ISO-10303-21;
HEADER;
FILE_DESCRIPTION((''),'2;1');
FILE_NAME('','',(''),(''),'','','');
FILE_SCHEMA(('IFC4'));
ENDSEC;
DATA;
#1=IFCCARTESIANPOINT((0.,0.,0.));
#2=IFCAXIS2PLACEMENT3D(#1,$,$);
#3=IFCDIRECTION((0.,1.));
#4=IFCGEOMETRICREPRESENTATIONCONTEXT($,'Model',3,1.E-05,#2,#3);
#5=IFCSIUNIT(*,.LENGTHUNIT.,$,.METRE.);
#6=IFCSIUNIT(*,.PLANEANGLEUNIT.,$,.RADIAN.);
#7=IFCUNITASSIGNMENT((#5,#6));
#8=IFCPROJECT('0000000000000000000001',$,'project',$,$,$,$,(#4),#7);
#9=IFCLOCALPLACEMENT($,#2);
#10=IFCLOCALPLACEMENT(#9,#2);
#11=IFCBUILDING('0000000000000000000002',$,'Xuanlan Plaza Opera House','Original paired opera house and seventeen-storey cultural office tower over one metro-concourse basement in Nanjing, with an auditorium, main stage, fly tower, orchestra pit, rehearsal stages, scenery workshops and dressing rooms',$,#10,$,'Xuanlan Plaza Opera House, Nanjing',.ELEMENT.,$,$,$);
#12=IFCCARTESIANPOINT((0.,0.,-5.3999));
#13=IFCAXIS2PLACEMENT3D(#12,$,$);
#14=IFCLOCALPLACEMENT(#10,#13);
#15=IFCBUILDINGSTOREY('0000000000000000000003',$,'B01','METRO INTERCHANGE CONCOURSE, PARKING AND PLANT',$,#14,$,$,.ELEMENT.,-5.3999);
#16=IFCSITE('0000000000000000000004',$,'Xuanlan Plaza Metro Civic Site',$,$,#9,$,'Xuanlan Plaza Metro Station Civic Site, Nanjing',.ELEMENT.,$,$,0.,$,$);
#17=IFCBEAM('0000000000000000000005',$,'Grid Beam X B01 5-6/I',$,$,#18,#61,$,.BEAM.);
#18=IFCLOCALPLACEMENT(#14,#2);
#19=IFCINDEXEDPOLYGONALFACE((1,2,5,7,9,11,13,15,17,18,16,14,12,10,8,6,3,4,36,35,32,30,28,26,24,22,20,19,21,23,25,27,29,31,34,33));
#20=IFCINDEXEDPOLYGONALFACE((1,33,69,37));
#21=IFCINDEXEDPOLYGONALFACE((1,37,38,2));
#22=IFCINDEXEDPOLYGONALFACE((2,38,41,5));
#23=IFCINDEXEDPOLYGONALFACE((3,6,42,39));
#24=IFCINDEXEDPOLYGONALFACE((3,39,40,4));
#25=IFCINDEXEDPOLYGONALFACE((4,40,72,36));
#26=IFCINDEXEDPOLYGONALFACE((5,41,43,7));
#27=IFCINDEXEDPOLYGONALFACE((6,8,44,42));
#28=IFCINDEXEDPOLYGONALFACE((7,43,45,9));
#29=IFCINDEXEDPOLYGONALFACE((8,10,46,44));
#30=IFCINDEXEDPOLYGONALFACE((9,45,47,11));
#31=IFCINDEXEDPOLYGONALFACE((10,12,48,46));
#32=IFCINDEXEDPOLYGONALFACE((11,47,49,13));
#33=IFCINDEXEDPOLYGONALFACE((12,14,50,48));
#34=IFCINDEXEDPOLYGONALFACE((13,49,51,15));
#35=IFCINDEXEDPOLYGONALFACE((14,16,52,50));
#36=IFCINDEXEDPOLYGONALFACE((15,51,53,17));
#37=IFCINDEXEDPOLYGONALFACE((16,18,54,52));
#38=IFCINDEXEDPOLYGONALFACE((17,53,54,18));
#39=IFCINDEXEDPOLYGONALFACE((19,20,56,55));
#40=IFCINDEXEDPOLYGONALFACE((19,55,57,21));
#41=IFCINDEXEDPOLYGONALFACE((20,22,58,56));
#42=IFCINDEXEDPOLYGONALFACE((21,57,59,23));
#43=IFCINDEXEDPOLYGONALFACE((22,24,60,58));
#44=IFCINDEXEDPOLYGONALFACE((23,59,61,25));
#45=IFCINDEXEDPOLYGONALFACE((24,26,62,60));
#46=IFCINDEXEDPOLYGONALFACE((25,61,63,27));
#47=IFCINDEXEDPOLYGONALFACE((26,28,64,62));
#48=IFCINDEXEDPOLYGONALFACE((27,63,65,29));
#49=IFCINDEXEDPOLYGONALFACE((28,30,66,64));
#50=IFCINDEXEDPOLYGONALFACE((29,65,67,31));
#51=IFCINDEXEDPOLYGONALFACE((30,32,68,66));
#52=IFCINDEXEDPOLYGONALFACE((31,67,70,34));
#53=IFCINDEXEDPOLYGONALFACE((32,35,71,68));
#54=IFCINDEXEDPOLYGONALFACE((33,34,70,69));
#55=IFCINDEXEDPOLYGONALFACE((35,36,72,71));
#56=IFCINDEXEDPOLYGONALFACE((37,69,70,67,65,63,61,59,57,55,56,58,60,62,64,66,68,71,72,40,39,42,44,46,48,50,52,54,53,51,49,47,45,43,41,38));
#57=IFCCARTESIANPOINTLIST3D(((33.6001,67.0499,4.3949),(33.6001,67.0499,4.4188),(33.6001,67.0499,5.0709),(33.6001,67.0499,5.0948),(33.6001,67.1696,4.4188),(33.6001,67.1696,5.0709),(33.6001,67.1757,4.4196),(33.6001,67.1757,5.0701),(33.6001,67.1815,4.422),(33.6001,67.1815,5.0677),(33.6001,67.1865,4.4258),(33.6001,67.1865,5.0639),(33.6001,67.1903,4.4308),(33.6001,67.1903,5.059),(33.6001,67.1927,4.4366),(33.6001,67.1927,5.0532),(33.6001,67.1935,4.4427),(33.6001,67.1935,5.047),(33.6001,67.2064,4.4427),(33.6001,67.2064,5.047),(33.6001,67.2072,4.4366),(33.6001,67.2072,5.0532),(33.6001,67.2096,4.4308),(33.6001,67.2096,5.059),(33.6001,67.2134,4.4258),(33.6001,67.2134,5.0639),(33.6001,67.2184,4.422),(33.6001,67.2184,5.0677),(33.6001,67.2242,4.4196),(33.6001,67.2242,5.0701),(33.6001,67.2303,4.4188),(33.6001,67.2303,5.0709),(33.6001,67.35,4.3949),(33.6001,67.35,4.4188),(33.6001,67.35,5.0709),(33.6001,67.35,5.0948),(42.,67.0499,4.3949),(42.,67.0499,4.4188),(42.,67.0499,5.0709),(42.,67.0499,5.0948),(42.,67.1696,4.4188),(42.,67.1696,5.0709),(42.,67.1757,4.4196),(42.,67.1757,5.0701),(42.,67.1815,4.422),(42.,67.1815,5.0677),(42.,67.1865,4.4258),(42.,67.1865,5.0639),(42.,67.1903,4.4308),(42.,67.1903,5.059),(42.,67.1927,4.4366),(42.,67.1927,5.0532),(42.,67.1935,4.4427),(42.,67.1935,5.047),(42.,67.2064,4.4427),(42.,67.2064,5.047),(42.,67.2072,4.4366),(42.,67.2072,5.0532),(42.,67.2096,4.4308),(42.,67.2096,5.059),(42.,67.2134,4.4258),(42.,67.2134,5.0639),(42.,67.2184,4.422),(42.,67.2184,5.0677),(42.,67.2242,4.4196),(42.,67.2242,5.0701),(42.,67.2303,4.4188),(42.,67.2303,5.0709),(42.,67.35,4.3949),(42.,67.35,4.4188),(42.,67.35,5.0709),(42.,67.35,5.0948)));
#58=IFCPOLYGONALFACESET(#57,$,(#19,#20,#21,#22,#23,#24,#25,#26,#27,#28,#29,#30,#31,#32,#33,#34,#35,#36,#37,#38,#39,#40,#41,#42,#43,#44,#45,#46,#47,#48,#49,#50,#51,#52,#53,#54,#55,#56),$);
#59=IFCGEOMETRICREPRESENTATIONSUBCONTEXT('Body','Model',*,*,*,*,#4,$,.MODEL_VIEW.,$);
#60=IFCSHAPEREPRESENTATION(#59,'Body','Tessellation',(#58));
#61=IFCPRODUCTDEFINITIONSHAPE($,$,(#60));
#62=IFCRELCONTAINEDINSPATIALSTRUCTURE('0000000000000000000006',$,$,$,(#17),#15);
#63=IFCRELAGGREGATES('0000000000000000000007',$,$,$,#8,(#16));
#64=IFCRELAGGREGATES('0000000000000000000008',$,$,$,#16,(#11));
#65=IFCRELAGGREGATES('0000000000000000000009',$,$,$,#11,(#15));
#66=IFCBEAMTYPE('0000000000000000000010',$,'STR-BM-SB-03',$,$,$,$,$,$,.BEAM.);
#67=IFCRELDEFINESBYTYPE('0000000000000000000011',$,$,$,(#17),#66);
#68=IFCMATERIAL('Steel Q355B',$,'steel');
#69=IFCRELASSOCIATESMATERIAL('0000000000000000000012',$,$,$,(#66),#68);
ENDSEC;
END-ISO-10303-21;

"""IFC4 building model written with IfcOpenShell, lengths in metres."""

from ifc_helpers import new_model, si_unit, direction, frame, origin, origin_2d, place, context, subcontext, project, spatial, i_section, extrude, material, material_profile, profile_set, type_object, element, save


model = new_model("IFC4")

# Units and contexts
model_context = context("Model", 3, precision=1e-05, world=origin(), true_north=direction((0.0, 1.0)))
body_context = subcontext(model_context, "Body", "Model", "MODEL_VIEW")
ifc_project = project(units=[si_unit("LENGTHUNIT", "METRE"), si_unit("PLANEANGLEUNIT", "RADIAN")], contexts=[model_context])

# Site, building, storey
site_placement = place(None, origin())
site = spatial("IfcSite", under=ifc_project, at=site_placement, Name="Xuanlan Plaza Metro Civic Site", LongName="Xuanlan Plaza Metro Station Civic Site, Nanjing", CompositionType="ELEMENT", RefElevation=0.0)
building_placement = place(site_placement, origin())
building = spatial("IfcBuilding", under=site, at=building_placement, Name="Xuanlan Plaza Opera House", Description="Original paired opera house and seventeen-storey cultural office tower over one metro-concourse basement in Nanjing, with an auditorium, main stage, fly tower, orchestra pit, rehearsal stages, scenery workshops and dressing rooms", LongName="Xuanlan Plaza Opera House, Nanjing", CompositionType="ELEMENT")
storey_placement = place(building_placement, frame((0.0, 0.0, -5.3999)))
storey = spatial("IfcBuildingStorey", under=building, at=storey_placement, Name="B01", Description="METRO INTERCHANGE CONCOURSE, PARKING AND PLANT", CompositionType="ELEMENT", Elevation=-5.3999)

# Beam
ifc_material_1 = material(Name="Steel Q355B", Category="steel")
ifc_material_profile_1 = material_profile(ifc_material_1, i_section(OverallWidth=0.3, OverallDepth=0.7, WebThickness=0.0129, FlangeThickness=0.0239, FilletRadius=0.0239, at=origin_2d()), Name="HN 700x300x13x24")
ifc_profile_set_1 = profile_set([ifc_material_profile_1], Name="Steel Q355B")
beam_type_1 = type_object("IfcBeamType", Name="STR-BM-SB-03", PredefinedType="BEAM", material=ifc_profile_set_1)
for number, where, z_axis, x_axis, name in (
    (1, (33.6001, 67.2, 4.7449), (1.0, 0.0, 0.0), (0.0, 1.0, 0.0), "Grid Beam X B01 5-6/I"),
):
    element("IfcBeam", number, at=place(storey_placement, frame(where, z_axis=z_axis, x_axis=x_axis)), inside=storey, type_object=beam_type_1, Name=name, PredefinedType="BEAM", context=body_context, shape_type="SweptSolid", body=[
        extrude(i_section(OverallWidth=0.3, OverallDepth=0.7, WebThickness=0.0129, FlangeThickness=0.0239, FilletRadius=0.0239, at=origin_2d()), origin(), (0.0, 0.0, 1.0), 8.3999),
    ])

save(model, "model.ifc")
